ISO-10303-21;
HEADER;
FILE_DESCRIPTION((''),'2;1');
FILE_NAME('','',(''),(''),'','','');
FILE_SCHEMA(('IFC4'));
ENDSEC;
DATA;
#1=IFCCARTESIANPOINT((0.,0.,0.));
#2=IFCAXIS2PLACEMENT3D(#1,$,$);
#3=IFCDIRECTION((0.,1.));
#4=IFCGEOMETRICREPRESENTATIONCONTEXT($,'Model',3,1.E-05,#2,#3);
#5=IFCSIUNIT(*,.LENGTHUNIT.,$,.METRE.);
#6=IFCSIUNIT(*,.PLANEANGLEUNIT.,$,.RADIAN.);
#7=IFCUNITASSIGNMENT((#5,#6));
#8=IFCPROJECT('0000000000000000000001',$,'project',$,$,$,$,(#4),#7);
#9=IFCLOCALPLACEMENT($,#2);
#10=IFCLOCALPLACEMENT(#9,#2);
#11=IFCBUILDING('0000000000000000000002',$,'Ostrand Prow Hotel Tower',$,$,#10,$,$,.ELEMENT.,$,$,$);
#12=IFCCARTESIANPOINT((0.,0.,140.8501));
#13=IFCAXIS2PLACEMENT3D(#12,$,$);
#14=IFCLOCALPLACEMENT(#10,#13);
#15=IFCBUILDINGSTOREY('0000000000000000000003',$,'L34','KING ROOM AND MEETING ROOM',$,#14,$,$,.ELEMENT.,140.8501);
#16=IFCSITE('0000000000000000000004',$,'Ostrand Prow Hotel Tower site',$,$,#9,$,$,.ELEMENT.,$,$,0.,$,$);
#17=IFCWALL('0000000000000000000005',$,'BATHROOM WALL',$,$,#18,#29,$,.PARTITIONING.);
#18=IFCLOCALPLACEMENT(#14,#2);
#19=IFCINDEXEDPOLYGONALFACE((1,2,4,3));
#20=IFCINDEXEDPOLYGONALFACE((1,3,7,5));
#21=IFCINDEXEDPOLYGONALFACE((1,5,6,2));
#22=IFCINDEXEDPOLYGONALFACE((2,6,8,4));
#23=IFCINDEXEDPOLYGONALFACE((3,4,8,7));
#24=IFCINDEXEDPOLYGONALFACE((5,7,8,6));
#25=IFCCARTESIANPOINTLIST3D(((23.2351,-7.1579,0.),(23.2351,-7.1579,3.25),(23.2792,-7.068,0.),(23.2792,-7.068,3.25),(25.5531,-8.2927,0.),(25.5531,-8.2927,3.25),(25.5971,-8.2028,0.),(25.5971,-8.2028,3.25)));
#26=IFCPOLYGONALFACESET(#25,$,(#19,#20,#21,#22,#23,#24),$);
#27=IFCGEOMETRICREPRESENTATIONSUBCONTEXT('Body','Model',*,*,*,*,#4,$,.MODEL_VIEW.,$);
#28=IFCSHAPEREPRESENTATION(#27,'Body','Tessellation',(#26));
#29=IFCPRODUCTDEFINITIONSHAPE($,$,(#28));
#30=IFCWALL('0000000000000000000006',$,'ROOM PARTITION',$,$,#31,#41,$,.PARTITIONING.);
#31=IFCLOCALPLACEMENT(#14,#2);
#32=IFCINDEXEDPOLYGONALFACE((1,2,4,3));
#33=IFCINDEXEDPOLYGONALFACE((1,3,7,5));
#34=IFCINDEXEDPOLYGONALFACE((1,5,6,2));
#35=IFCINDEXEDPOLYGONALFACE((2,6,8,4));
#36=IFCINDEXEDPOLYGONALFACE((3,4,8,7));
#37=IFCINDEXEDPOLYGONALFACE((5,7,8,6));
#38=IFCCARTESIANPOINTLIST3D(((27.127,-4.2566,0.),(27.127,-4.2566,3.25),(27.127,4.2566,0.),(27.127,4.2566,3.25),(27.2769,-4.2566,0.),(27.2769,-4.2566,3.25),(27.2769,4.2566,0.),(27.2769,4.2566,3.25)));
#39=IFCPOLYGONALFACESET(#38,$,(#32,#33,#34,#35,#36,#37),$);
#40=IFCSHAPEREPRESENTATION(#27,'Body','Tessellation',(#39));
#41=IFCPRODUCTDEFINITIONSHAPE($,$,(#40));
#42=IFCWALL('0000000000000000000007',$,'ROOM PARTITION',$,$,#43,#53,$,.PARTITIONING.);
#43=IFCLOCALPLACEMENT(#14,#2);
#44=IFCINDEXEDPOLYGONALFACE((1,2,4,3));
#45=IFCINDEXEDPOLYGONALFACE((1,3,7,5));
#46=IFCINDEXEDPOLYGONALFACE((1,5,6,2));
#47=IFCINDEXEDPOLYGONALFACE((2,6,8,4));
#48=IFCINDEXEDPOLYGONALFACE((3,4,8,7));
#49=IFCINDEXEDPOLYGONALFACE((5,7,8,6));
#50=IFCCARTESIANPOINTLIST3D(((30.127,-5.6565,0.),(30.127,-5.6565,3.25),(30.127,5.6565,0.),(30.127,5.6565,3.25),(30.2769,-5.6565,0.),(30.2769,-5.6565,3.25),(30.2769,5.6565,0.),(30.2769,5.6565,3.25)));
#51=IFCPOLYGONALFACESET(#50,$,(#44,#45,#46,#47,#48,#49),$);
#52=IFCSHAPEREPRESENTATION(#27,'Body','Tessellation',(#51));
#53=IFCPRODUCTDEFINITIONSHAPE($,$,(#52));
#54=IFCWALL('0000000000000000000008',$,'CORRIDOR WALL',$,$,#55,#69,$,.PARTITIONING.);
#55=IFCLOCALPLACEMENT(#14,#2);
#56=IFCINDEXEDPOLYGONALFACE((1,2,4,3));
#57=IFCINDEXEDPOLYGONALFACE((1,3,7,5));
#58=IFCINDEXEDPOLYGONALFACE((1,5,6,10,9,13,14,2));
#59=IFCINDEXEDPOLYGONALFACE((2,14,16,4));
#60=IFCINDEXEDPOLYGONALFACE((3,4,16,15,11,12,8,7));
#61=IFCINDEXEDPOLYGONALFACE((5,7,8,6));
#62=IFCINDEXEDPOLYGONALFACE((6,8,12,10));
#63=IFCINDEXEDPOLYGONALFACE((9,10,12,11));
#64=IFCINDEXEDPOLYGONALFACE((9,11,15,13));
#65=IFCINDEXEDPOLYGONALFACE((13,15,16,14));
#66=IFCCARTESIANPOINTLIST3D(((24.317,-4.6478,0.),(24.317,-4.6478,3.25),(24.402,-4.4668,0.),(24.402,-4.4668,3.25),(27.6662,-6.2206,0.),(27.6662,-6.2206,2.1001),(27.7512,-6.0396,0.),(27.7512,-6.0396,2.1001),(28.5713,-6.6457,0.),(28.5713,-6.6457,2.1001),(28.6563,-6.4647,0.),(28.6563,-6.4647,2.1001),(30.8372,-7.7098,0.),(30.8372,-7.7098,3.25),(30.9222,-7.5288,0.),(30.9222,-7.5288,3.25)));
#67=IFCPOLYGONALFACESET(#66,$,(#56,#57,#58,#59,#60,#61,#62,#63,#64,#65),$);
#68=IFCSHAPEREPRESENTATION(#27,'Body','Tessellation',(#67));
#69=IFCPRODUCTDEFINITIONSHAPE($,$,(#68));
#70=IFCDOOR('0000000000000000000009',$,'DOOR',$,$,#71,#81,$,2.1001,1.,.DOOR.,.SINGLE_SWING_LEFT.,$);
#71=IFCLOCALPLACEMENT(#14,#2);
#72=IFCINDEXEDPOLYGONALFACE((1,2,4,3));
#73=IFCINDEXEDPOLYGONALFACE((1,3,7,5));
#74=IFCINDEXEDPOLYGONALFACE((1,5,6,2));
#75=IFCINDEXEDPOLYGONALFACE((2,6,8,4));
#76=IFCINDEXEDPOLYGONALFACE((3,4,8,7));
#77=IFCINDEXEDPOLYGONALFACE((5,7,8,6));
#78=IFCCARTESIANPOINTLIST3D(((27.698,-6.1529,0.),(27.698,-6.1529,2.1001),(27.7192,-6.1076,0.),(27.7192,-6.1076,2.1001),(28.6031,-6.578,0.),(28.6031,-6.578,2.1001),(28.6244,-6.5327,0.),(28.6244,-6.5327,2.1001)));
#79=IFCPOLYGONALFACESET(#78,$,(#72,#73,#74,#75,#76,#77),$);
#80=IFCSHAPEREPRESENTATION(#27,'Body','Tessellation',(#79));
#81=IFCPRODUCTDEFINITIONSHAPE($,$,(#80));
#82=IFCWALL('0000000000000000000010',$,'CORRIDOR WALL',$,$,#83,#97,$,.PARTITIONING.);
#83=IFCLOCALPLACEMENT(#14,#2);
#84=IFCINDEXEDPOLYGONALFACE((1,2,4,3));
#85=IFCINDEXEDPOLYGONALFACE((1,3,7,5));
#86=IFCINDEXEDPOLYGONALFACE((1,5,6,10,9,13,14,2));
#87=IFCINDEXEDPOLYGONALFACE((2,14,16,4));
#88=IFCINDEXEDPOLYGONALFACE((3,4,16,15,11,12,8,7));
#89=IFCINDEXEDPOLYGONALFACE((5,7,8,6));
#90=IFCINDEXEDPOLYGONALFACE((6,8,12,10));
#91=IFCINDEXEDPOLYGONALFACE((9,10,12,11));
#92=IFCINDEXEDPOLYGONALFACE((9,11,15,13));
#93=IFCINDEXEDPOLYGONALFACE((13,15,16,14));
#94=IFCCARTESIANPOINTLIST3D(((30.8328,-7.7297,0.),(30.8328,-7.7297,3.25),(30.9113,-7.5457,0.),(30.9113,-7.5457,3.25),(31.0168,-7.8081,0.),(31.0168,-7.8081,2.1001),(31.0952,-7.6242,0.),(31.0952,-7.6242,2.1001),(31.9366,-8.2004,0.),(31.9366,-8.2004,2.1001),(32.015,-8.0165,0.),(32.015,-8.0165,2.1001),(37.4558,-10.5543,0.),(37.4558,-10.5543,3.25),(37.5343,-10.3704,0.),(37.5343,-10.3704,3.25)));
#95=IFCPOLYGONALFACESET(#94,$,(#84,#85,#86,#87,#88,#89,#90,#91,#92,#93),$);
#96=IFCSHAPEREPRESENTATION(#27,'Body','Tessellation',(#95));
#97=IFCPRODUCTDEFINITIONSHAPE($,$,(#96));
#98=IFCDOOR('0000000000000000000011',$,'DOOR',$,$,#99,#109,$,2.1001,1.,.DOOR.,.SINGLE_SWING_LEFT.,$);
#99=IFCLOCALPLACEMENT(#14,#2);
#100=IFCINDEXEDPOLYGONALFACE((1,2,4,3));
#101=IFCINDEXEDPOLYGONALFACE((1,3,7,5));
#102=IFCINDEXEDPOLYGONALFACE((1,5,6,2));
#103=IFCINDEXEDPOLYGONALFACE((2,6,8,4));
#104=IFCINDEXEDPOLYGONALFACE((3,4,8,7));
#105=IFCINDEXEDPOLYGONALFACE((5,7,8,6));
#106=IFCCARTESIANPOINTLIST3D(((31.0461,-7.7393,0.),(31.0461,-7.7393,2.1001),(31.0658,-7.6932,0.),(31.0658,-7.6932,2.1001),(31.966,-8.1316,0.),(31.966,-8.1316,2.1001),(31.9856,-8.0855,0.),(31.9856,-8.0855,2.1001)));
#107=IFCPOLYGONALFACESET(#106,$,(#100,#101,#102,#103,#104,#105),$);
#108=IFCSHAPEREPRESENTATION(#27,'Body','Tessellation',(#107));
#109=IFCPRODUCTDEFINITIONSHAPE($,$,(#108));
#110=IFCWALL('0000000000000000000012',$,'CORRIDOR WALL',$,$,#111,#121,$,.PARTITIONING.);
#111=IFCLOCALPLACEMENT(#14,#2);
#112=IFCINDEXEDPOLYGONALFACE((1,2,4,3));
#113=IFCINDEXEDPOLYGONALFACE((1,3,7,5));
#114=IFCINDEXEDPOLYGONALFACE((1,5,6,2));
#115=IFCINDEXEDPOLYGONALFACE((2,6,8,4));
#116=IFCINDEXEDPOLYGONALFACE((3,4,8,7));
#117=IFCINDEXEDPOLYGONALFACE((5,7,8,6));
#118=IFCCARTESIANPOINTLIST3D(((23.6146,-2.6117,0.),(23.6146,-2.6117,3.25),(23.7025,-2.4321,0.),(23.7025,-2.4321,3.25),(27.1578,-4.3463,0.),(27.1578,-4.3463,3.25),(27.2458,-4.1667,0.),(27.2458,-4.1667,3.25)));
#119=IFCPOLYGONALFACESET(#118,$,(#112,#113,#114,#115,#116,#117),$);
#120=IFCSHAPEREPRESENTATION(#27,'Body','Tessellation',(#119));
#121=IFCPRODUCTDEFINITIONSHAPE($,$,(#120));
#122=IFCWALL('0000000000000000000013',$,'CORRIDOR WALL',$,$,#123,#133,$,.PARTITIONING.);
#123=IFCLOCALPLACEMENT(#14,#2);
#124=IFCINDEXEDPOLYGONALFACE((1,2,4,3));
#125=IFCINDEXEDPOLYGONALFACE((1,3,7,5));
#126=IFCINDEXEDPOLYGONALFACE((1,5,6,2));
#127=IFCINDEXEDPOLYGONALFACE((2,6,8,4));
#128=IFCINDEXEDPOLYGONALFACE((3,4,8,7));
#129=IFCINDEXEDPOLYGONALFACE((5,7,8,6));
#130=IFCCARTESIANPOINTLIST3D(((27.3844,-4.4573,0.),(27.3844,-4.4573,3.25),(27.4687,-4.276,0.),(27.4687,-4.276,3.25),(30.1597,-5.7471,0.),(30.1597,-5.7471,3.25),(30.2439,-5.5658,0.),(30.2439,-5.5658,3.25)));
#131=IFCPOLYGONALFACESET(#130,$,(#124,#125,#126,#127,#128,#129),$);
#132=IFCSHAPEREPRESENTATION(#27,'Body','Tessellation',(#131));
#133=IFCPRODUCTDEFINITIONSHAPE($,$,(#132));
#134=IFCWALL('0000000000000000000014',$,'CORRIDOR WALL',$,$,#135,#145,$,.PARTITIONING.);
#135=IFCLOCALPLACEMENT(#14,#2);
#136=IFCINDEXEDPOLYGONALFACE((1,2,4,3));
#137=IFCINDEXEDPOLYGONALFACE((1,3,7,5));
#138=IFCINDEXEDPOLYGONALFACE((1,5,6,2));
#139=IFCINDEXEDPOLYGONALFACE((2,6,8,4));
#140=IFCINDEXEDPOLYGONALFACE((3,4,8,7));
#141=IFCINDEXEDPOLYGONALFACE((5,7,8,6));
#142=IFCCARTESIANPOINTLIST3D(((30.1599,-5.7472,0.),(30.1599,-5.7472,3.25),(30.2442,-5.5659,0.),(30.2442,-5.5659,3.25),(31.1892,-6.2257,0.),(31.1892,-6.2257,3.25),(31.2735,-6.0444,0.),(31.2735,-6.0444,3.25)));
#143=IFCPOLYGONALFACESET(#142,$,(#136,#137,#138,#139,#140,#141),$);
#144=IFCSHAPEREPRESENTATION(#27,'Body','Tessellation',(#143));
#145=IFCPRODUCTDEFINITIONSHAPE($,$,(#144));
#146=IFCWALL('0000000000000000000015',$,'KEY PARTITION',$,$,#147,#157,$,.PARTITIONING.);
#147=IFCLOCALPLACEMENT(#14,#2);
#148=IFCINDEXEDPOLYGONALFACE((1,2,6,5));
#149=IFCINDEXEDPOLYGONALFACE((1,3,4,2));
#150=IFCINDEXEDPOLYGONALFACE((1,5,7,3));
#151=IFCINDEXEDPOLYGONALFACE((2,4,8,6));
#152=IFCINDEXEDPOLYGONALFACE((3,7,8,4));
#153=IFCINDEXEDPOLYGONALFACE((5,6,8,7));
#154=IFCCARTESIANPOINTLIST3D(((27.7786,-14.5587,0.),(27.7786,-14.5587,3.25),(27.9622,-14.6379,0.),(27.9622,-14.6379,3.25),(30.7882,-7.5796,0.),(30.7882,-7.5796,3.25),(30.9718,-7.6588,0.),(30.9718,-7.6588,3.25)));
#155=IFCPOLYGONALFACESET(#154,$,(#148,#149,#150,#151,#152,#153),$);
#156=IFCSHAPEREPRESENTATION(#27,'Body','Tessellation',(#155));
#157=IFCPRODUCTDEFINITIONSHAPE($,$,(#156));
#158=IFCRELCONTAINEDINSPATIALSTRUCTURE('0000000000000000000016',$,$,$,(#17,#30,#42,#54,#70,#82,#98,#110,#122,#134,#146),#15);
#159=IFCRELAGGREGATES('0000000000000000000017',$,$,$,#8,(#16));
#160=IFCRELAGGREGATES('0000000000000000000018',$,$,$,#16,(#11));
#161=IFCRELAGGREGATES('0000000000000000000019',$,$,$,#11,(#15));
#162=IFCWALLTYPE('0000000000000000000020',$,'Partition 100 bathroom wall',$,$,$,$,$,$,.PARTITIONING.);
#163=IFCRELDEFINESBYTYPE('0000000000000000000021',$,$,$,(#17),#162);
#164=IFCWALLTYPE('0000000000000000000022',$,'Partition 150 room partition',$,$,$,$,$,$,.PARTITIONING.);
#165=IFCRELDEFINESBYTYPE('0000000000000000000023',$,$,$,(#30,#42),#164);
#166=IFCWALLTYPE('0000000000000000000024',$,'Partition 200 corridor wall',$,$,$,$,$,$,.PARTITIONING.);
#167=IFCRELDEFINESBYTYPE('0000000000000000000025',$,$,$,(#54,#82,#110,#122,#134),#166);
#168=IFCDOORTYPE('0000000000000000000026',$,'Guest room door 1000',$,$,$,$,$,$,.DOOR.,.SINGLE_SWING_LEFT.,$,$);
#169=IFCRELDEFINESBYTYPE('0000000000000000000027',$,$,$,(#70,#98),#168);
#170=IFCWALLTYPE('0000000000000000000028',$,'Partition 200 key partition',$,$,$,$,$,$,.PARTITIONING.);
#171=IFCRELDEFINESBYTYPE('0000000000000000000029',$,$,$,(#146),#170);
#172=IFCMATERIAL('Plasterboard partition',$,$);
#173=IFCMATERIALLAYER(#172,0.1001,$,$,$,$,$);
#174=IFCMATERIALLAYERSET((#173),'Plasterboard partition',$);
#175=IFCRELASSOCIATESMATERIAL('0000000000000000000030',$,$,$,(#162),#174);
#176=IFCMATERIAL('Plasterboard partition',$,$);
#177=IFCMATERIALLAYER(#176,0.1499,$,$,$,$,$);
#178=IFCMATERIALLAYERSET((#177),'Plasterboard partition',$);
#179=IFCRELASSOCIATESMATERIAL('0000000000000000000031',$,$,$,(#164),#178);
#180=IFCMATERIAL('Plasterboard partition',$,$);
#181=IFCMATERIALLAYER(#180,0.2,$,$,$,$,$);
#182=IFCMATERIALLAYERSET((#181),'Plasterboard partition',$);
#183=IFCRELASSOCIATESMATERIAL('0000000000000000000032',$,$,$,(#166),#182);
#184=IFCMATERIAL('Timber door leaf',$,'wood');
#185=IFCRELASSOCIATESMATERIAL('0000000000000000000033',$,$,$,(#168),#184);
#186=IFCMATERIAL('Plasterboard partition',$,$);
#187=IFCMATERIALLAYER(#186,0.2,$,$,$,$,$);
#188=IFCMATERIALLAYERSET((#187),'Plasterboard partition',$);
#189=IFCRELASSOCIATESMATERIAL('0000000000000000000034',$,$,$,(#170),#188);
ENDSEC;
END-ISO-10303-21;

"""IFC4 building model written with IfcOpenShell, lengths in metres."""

from ifc_helpers import new_model, si_unit, direction, frame, frame_2d, origin, place, context, subcontext, project, spatial, rectangle, extrude, material, layer, layer_set, type_object, element, fill, save


model = new_model("IFC4")

# Units and contexts
model_context = context("Model", 3, precision=1e-05, world=origin(), true_north=direction((0.0, 1.0)))
body_context = subcontext(model_context, "Body", "Model", "MODEL_VIEW")
ifc_project = project(units=[si_unit("LENGTHUNIT", "METRE"), si_unit("PLANEANGLEUNIT", "RADIAN")], contexts=[model_context])

# Site, building, storey
site_placement = place(None, origin())
site = spatial("IfcSite", under=ifc_project, at=site_placement, Name="Ostrand Prow Hotel Tower site", CompositionType="ELEMENT", RefElevation=0.0)
building_placement = place(site_placement, origin())
building = spatial("IfcBuilding", under=site, at=building_placement, Name="Ostrand Prow Hotel Tower", CompositionType="ELEMENT")
storey_placement = place(building_placement, frame((0.0, 0.0, 140.8501)))
storey = spatial("IfcBuildingStorey", under=building, at=storey_placement, Name="L34", Description="KING ROOM AND MEETING ROOM", CompositionType="ELEMENT", Elevation=140.8501)

# Shared definitions
ifc_material_1 = material(Name="Plasterboard partition")
ifc_layer_1 = layer(ifc_material_1, 0.1001)
ifc_layer_set_1 = layer_set([ifc_layer_1], Name="Plasterboard partition")
wall_type_1 = type_object("IfcWallType", Name="Partition 100 bathroom wall", PredefinedType="PARTITIONING", material=ifc_layer_set_1)

# Walls
wall_1_placement = place(storey_placement, frame((25.5752, -8.2478, 0.0), z_axis=(0.0, 0.0, 1.0), x_axis=(-0.898142, 0.439706, 0.0)))
element("IfcWall", 1, at=wall_1_placement, inside=storey, type_object=wall_type_1, Name="BATHROOM WALL", PredefinedType="PARTITIONING", context=body_context, shape_type="SweptSolid", body=[
    extrude(rectangle(XDim=2.5808, YDim=0.1001, at=frame_2d((1.2905, 0.0))), origin(), (0.0, 0.0, 1.0), 3.25),
])
ifc_material_2 = material(Name="Plasterboard partition")
ifc_layer_2 = layer(ifc_material_2, 0.1499)
ifc_layer_set_2 = layer_set([ifc_layer_2], Name="Plasterboard partition")
wall_type_2 = type_object("IfcWallType", Name="Partition 150 room partition", PredefinedType="PARTITIONING", material=ifc_layer_set_2)
wall_2_placement = place(storey_placement, frame((27.2019, -4.2566, 0.0), z_axis=(0.0, 0.0, 1.0), x_axis=(0.0, 1.0, 0.0)))
element("IfcWall", 2, at=wall_2_placement, inside=storey, type_object=wall_type_2, Name="ROOM PARTITION", PredefinedType="PARTITIONING", context=body_context, shape_type="SweptSolid", body=[
    extrude(rectangle(XDim=8.5132, YDim=0.1499, at=frame_2d((4.2566, 0.0))), origin(), (0.0, 0.0, 1.0), 3.25),
])
wall_3_placement = place(storey_placement, frame((30.2019, -5.6565, 0.0), z_axis=(0.0, 0.0, 1.0), x_axis=(0.0, 1.0, 0.0)))
element("IfcWall", 3, at=wall_3_placement, inside=storey, type_object=wall_type_2, Name="ROOM PARTITION", PredefinedType="PARTITIONING", context=body_context, shape_type="SweptSolid", body=[
    extrude(rectangle(XDim=11.313, YDim=0.1499, at=frame_2d((5.6565, 0.0))), origin(), (0.0, 0.0, 1.0), 3.25),
])

# Walls, openings, doors
ifc_material_3 = material(Name="Plasterboard partition")
ifc_layer_3 = layer(ifc_material_3, 0.2)
ifc_layer_set_3 = layer_set([ifc_layer_3], Name="Plasterboard partition")
wall_type_3 = type_object("IfcWallType", Name="Partition 200 corridor wall", PredefinedType="PARTITIONING", material=ifc_layer_set_3)
wall_4_placement = place(storey_placement, frame((24.3596, -4.5574, 0.0), z_axis=(0.0, 0.0, 1.0), x_axis=(0.905158, -0.425075, 0.0)))
wall_4 = element("IfcWall", 4, at=wall_4_placement, inside=storey, type_object=wall_type_3, Name="CORRIDOR WALL", PredefinedType="PARTITIONING", context=body_context, shape_type="SweptSolid", body=[
    extrude(rectangle(XDim=7.2034, YDim=0.2, at=frame_2d((3.6016, 0.0))), origin(), (0.0, 0.0, 1.0), 3.25),
])
opening_1_placement = place(wall_4_placement, frame((3.7, 0.0, 0.0)))
opening_1 = element("IfcOpeningElement", 5, at=opening_1_placement, cuts=wall_4, PredefinedType="OPENING", context=body_context, shape_type="SweptSolid", body=[
    extrude(rectangle(XDim=1.0, YDim=2.1001, at=frame_2d((0.5, 1.05))), frame((0.0, 0.1099, 0.0), z_axis=(0.0, -1.0, 0.0), x_axis=(1.0, 0.0, 0.0)), (0.0, 0.0, 1.0), 0.22),
])
ifc_material_4 = material(Name="Timber door leaf", Category="wood")
door_type_1 = type_object("IfcDoorType", Name="Guest room door 1000", OperationType="SINGLE_SWING_LEFT", PredefinedType="DOOR", material=ifc_material_4)
door_1_placement = place(opening_1_placement, origin())
door_1 = element("IfcDoor", 6, at=door_1_placement, inside=storey, type_object=door_type_1, Name="DOOR", OperationType="SINGLE_SWING_LEFT", OverallHeight=2.1001, OverallWidth=1.0, PredefinedType="DOOR", context=body_context, shape_type="SweptSolid", body=[
    extrude(rectangle(XDim=1.0, YDim=2.1001, at=frame_2d((0.5, 1.05))), frame((0.0, 0.0249, 0.0), z_axis=(0.0, -1.0, 0.0), x_axis=(1.0, 0.0, 0.0)), (0.0, 0.0, 1.0), 0.05),
])
fill(opening_1, door_1)
wall_5_placement = place(storey_placement, frame((30.8721, -7.6377, 0.0), z_axis=(0.0, 0.0, 1.0), x_axis=(0.919835, -0.392306, 0.0)))
wall_5 = element("IfcWall", 7, at=wall_5_placement, inside=storey, type_object=wall_type_3, Name="CORRIDOR WALL", PredefinedType="PARTITIONING", context=body_context, shape_type="SweptSolid", body=[
    extrude(rectangle(XDim=7.2002, YDim=0.2, at=frame_2d((3.6001, 0.0))), origin(), (0.0, 0.0, 1.0), 3.25),
])
opening_2_placement = place(wall_5_placement, frame((0.2, 0.0, 0.0)))
opening_2 = element("IfcOpeningElement", 8, at=opening_2_placement, cuts=wall_5, PredefinedType="OPENING", context=body_context, shape_type="SweptSolid", body=[
    extrude(rectangle(XDim=1.0, YDim=2.1001, at=frame_2d((0.5, 1.05))), frame((0.0, 0.1099, 0.0), z_axis=(0.0, -1.0, 0.0), x_axis=(1.0, 0.0, 0.0)), (0.0, 0.0, 1.0), 0.22),
])
door_2_placement = place(opening_2_placement, origin())
door_2 = element("IfcDoor", 9, at=door_2_placement, inside=storey, type_object=door_type_1, Name="DOOR", OperationType="SINGLE_SWING_LEFT", OverallHeight=2.1001, OverallWidth=1.0, PredefinedType="DOOR", context=body_context, shape_type="SweptSolid", body=[
    extrude(rectangle(XDim=1.0, YDim=2.1001, at=frame_2d((0.5, 1.05))), frame((0.0, 0.0249, 0.0), z_axis=(0.0, -1.0, 0.0), x_axis=(1.0, 0.0, 0.0)), (0.0, 0.0, 1.0), 0.05),
])
fill(opening_2, door_2)

# Walls
wall_6_placement = place(storey_placement, frame((27.2019, -4.2566, 0.0), z_axis=(0.0, 0.0, 1.0), x_axis=(-0.898146, 0.439697, 0.0)))
element("IfcWall", 10, at=wall_6_placement, inside=storey, type_object=wall_type_3, Name="CORRIDOR WALL", PredefinedType="PARTITIONING", context=body_context, shape_type="SweptSolid", body=[
    extrude(rectangle(XDim=3.9451, YDim=0.2, at=frame_2d((1.9727, 0.0))), origin(), (0.0, 0.0, 1.0), 3.25),
])
wall_7_placement = place(storey_placement, frame((30.2019, -5.6565, 0.0), z_axis=(0.0, 0.0, 1.0), x_axis=(-0.906842, 0.42147, 0.0)))
element("IfcWall", 11, at=wall_7_placement, inside=storey, type_object=wall_type_3, Name="CORRIDOR WALL", PredefinedType="PARTITIONING", context=body_context, shape_type="SweptSolid", body=[
    extrude(rectangle(XDim=3.0603, YDim=0.2, at=frame_2d((1.5303, 0.0))), origin(), (0.0, 0.0, 1.0), 3.25),
])
wall_8_placement = place(storey_placement, frame((31.2312, -6.135, 0.0), z_axis=(0.0, 0.0, 1.0), x_axis=(-0.906798, 0.421566, 0.0)))
element("IfcWall", 12, at=wall_8_placement, inside=storey, type_object=wall_type_3, Name="CORRIDOR WALL", PredefinedType="PARTITIONING", context=body_context, shape_type="SweptSolid", body=[
    extrude(rectangle(XDim=1.135, YDim=0.2, at=frame_2d((0.5674, 0.0))), origin(), (0.0, 0.0, 1.0), 3.25),
])
ifc_material_5 = material(Name="Plasterboard partition")
ifc_layer_4 = layer(ifc_material_5, 0.2)
ifc_layer_set_4 = layer_set([ifc_layer_4], Name="Plasterboard partition")
wall_type_4 = type_object("IfcWallType", Name="Partition 200 key partition", PredefinedType="PARTITIONING", material=ifc_layer_set_4)
wall_9_placement = place(storey_placement, frame((27.8704, -14.5984, 0.0), z_axis=(0.0, 0.0, 1.0), x_axis=(0.395977, 0.91826, 0.0)))
element("IfcWall", 13, at=wall_9_placement, inside=storey, type_object=wall_type_4, Name="KEY PARTITION", PredefinedType="PARTITIONING", context=body_context, shape_type="SweptSolid", body=[
    extrude(rectangle(XDim=7.6003, YDim=0.2, at=frame_2d((3.8003, 0.0))), origin(), (0.0, 0.0, 1.0), 3.25),
])

save(model, "model.ifc")
